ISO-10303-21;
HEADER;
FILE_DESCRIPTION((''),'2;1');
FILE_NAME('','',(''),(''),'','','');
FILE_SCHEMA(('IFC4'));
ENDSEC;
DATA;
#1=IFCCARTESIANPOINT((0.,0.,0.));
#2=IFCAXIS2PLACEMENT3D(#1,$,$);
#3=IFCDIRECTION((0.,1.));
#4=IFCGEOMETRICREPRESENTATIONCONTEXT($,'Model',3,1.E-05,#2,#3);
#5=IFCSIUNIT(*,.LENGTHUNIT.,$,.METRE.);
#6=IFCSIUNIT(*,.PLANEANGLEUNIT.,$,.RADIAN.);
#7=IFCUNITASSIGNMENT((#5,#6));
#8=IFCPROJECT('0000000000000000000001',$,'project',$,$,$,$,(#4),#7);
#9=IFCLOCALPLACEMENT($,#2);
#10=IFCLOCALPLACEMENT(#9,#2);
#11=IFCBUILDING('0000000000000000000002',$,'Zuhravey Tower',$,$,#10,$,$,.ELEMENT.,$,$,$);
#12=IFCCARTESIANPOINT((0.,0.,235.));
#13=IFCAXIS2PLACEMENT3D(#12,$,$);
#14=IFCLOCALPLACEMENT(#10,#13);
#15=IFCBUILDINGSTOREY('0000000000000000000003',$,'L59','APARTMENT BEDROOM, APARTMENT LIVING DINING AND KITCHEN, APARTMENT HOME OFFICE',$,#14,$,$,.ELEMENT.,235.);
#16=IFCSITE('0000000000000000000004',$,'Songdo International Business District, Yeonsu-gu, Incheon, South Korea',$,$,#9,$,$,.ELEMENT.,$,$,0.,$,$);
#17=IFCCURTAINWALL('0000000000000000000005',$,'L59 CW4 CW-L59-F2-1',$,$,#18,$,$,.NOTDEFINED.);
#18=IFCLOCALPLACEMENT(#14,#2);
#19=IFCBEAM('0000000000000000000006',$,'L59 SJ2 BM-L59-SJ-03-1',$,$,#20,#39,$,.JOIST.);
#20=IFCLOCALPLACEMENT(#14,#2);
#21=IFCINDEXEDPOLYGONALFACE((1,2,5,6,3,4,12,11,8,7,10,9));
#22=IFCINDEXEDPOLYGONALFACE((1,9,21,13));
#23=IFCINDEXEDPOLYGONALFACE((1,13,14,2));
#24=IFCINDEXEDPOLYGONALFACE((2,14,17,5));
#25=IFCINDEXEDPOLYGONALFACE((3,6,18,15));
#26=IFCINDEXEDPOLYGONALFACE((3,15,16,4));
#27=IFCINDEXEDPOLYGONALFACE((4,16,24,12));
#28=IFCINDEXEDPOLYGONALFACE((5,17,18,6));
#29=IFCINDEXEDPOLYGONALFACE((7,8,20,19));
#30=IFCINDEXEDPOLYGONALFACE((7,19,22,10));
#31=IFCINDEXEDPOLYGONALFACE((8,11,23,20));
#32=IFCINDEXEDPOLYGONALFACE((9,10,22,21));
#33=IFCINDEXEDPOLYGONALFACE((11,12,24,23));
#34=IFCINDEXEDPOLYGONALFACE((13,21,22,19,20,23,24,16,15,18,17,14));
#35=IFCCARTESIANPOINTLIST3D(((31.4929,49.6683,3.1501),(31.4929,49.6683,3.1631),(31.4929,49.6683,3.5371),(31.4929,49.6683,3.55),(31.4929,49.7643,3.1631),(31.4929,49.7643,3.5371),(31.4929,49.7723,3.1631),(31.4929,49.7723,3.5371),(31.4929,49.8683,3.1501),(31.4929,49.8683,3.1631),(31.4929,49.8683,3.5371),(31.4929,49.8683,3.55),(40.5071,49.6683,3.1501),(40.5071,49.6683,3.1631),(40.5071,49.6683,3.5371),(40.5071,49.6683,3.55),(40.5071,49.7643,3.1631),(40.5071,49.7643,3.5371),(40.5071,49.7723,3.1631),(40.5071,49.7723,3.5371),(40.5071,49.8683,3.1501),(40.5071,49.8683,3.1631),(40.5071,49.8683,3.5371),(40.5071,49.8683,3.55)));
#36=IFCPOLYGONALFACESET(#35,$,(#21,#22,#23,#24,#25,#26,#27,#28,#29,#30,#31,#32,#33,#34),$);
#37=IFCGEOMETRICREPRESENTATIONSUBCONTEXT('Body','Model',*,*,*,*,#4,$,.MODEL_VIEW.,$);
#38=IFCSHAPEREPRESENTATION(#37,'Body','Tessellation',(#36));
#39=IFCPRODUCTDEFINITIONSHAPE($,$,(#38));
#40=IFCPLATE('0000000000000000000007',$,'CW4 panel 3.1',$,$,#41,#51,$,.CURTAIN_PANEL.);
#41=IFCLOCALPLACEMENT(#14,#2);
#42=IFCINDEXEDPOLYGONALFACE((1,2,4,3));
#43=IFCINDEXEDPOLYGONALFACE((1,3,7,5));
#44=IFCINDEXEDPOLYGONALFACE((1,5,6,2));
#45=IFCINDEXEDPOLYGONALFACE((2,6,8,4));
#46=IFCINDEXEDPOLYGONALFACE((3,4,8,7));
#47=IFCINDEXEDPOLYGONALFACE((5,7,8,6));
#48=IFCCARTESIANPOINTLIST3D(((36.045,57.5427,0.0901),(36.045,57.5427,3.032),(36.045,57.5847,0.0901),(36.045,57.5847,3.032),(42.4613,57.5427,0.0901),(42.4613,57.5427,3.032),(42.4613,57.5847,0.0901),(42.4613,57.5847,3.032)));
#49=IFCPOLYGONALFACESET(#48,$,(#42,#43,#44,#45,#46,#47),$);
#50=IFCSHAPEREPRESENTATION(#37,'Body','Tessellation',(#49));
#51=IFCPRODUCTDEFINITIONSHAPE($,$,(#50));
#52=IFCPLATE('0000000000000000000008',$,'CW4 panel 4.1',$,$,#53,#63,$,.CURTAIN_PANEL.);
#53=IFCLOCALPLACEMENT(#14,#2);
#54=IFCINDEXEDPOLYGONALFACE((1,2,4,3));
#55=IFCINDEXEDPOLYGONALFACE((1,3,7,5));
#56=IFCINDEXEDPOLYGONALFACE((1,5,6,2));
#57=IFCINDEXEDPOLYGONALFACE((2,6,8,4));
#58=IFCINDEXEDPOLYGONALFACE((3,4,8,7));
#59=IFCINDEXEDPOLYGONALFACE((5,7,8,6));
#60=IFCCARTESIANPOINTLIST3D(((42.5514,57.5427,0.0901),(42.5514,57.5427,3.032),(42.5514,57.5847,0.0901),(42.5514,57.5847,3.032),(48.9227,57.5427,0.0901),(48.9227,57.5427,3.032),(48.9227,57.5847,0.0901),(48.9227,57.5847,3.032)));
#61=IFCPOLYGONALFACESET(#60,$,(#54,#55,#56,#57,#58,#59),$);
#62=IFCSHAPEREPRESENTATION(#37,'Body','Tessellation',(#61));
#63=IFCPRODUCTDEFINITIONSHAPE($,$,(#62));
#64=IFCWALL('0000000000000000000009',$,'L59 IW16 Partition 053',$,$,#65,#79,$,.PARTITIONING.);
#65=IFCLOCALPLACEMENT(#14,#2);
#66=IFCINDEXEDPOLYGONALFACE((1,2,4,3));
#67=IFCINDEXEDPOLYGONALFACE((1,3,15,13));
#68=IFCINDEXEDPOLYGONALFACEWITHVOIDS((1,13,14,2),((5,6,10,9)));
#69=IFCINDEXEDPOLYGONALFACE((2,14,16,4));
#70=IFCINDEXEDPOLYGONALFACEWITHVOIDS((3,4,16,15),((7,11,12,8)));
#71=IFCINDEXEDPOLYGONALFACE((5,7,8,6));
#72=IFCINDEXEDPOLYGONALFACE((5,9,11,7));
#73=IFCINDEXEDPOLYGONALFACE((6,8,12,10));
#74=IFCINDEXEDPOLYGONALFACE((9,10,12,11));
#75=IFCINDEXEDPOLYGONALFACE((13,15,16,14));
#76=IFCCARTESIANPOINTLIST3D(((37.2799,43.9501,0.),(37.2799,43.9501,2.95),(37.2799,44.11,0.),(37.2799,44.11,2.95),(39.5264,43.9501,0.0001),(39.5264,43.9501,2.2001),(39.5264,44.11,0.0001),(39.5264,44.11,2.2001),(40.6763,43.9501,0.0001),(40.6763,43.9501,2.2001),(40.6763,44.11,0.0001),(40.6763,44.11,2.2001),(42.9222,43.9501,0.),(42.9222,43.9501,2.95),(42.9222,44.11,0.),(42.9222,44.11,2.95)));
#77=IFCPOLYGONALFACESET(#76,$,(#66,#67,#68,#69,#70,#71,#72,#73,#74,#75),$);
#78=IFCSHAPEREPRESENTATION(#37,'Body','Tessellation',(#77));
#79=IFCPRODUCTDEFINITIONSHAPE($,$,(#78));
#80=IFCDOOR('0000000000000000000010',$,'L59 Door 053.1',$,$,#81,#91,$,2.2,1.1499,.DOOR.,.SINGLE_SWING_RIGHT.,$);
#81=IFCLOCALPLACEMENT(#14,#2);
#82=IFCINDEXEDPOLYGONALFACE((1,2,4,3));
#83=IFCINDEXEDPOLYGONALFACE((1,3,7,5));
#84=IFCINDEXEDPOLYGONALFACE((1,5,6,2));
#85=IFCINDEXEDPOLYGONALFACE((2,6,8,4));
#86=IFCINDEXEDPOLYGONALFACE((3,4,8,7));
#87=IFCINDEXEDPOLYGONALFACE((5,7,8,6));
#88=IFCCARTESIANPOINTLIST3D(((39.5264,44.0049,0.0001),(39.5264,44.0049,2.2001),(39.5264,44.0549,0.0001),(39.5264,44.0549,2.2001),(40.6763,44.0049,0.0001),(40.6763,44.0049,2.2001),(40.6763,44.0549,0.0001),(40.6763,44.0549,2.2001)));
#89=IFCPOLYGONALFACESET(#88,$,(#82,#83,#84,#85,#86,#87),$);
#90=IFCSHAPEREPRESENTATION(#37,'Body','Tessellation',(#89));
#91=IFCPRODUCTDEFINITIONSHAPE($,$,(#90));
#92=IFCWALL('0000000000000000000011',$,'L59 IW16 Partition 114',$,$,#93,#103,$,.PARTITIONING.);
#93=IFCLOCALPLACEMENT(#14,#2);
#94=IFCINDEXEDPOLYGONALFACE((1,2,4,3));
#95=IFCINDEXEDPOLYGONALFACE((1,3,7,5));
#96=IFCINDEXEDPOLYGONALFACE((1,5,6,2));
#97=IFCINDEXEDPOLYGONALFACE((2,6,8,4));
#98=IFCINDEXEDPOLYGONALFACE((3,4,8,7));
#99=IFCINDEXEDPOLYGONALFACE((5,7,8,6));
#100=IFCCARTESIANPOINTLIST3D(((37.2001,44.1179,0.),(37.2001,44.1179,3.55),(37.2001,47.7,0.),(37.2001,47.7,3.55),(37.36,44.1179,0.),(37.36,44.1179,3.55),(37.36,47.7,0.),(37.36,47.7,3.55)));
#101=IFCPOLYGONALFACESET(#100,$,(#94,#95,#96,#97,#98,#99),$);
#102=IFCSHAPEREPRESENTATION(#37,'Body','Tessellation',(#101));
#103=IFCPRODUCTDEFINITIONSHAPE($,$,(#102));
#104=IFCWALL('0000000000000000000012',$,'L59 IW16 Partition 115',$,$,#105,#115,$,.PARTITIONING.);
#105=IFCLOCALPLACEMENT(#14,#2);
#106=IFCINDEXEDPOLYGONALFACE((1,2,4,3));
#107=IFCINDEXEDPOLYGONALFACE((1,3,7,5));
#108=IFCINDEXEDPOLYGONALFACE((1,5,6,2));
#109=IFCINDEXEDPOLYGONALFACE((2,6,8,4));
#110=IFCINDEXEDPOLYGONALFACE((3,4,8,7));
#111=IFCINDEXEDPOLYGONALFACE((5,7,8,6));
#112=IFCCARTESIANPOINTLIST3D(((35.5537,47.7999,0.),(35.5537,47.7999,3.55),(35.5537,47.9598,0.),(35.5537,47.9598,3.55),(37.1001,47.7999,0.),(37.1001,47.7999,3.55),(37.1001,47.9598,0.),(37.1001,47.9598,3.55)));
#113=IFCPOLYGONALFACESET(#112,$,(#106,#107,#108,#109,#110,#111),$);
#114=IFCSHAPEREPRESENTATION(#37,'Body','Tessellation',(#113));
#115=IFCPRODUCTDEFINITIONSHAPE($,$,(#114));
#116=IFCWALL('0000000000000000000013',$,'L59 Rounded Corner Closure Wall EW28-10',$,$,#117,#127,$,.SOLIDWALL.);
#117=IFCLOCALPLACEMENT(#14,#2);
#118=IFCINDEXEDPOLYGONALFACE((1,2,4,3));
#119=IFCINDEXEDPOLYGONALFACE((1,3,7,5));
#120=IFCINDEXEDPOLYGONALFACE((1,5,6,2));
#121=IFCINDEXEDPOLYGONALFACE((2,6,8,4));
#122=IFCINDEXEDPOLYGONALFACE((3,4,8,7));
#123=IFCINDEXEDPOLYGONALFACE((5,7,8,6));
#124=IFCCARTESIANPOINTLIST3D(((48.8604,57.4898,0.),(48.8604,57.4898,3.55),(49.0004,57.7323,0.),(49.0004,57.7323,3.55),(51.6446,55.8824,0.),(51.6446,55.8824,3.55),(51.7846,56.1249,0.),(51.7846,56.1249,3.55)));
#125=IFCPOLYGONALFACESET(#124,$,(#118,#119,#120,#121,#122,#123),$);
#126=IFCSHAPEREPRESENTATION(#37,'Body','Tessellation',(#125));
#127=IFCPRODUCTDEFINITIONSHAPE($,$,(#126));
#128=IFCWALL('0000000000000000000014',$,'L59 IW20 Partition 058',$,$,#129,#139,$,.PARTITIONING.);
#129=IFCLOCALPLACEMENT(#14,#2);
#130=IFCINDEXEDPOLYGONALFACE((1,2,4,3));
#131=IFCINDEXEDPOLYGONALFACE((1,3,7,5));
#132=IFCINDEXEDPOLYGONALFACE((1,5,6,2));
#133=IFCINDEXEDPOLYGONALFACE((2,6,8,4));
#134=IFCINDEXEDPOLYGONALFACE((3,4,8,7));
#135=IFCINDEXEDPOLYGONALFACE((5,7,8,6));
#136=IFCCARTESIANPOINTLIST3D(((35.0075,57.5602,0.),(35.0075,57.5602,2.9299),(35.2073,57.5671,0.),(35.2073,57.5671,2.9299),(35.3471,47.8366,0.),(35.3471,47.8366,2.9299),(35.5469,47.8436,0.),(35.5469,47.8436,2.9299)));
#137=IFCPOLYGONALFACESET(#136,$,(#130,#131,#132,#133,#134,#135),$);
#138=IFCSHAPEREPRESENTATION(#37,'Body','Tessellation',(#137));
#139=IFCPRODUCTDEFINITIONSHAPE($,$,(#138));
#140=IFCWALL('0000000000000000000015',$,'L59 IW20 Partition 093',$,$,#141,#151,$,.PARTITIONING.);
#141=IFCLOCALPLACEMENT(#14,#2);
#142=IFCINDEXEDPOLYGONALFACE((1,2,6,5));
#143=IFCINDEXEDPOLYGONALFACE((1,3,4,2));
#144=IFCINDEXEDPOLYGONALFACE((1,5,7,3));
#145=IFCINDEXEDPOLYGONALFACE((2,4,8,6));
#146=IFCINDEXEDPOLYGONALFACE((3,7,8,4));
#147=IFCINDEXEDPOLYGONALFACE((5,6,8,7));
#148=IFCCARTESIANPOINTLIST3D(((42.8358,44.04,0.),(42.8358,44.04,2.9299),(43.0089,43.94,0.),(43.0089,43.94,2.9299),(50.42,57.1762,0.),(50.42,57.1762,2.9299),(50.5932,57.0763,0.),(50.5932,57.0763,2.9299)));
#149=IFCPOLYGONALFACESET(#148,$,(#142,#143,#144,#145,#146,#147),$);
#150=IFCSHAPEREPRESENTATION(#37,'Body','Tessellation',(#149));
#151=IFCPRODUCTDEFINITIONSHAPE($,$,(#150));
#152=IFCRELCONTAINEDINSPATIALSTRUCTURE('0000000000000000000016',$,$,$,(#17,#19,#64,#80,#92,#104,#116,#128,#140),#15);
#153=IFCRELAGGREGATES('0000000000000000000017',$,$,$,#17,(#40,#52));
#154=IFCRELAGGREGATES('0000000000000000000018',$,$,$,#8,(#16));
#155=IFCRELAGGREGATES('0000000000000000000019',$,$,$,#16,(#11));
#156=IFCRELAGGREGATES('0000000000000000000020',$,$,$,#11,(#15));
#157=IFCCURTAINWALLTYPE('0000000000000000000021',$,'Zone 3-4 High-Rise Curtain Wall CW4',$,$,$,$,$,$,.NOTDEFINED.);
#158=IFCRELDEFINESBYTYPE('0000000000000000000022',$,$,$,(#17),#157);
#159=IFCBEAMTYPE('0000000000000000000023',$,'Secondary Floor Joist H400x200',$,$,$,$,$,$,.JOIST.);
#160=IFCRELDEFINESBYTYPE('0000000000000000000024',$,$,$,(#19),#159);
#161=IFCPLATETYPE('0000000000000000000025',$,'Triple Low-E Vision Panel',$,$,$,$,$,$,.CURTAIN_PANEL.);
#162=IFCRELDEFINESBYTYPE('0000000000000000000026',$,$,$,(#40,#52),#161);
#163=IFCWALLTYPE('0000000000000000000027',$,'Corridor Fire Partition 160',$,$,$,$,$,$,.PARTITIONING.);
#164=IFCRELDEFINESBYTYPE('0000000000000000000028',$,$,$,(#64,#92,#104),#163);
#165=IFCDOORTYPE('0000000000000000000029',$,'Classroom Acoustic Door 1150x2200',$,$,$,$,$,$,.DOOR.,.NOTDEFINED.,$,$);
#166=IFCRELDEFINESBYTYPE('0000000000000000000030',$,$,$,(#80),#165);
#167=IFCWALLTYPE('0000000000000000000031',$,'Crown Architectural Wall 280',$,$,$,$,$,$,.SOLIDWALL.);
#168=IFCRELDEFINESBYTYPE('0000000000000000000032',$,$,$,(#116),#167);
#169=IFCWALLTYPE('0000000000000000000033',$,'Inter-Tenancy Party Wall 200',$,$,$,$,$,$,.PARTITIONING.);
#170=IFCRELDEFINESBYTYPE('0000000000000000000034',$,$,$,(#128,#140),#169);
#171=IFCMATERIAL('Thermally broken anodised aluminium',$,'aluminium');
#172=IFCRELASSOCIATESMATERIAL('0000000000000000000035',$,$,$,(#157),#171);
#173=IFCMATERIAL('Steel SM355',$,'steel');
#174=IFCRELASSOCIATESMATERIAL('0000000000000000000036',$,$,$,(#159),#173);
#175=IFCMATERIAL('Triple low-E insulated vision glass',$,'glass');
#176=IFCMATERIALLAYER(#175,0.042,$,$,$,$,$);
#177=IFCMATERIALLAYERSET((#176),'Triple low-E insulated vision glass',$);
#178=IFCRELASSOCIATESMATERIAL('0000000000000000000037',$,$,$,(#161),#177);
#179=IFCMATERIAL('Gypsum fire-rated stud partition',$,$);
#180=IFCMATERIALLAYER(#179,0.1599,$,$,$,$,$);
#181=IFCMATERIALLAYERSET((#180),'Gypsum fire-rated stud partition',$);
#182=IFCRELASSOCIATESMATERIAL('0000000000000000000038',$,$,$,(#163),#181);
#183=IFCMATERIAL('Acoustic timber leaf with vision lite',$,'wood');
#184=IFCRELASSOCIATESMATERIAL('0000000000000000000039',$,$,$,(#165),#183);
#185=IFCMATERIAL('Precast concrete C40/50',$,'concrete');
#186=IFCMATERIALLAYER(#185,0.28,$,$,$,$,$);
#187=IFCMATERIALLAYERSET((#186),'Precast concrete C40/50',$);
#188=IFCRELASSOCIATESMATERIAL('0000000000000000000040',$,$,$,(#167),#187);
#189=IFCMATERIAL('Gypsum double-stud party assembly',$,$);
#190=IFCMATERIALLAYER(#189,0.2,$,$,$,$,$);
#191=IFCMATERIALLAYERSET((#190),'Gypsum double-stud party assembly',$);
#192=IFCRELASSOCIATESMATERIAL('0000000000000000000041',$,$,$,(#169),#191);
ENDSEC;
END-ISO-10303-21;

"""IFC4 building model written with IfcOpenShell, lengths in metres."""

from ifc_helpers import new_model, si_unit, direction, frame, frame_2d, origin, origin_2d, place, context, subcontext, project, spatial, rectangle, i_section, extrude, material, layer, layer_set, material_profile, profile_set, type_object, element, fill, aggregate, save


model = new_model("IFC4")

# Units and contexts
model_context = context("Model", 3, precision=1e-05, world=origin(), true_north=direction((0.0, 1.0)))
body_context = subcontext(model_context, "Body", "Model", "MODEL_VIEW")
ifc_project = project(units=[si_unit("LENGTHUNIT", "METRE"), si_unit("PLANEANGLEUNIT", "RADIAN")], contexts=[model_context])

# Site, building, storey
site_placement = place(None, origin())
site = spatial("IfcSite", under=ifc_project, at=site_placement, Name="Songdo International Business District, Yeonsu-gu, Incheon, South Korea", CompositionType="ELEMENT", RefElevation=0.0)
building_placement = place(site_placement, origin())
building = spatial("IfcBuilding", under=site, at=building_placement, Name="Zuhravey Tower", CompositionType="ELEMENT")
storey_placement = place(building_placement, frame((0.0, 0.0, 235.0)))
storey = spatial("IfcBuildingStorey", under=building, at=storey_placement, Name="L59", Description="APARTMENT BEDROOM, APARTMENT LIVING DINING AND KITCHEN, APARTMENT HOME OFFICE", CompositionType="ELEMENT", Elevation=235.0)

# Curtain wall
ifc_material_1 = material(Name="Thermally broken anodised aluminium", Category="aluminium")
curtain_wall_type = type_object("IfcCurtainWallType", Name="Zone 3-4 High-Rise Curtain Wall CW4", PredefinedType="NOTDEFINED", material=ifc_material_1)
curtain_wall_placement = place(storey_placement, origin())
curtain_wall = element("IfcCurtainWall", 1, at=curtain_wall_placement, inside=storey, type_object=curtain_wall_type, Name="L59 CW4 CW-L59-F2-1", PredefinedType="NOTDEFINED")

# Beam
ifc_material_2 = material(Name="Steel SM355", Category="steel")
ifc_material_profile_1 = material_profile(ifc_material_2, i_section(OverallWidth=0.2, OverallDepth=0.3999, WebThickness=0.0081, FlangeThickness=0.0129, at=origin_2d()), Name="H-400x200x8x13")
ifc_profile_set_1 = profile_set([ifc_material_profile_1], Name="Steel SM355")
beam_type_1 = type_object("IfcBeamType", Name="Secondary Floor Joist H400x200", PredefinedType="JOIST", material=ifc_profile_set_1)
beam_1_placement = place(storey_placement, frame((40.5071, 49.7683, 3.3501), z_axis=(-1.0, 0.0, 0.0), x_axis=(0.0, -1.0, 0.0)))
element("IfcBeam", 2, at=beam_1_placement, inside=storey, type_object=beam_type_1, Name="L59 SJ2 BM-L59-SJ-03-1", PredefinedType="JOIST", context=body_context, shape_type="SweptSolid", body=[
    extrude(i_section(OverallWidth=0.2, OverallDepth=0.3999, WebThickness=0.0081, FlangeThickness=0.0129, at=origin_2d()), origin(), (0.0, 0.0, 1.0), 9.0142),
])

# Plates
ifc_material_3 = material(Name="Triple low-E insulated vision glass", Category="glass")
ifc_layer_1 = layer(ifc_material_3, 0.042)
ifc_layer_set_1 = layer_set([ifc_layer_1], Name="Triple low-E insulated vision glass")
plate_type = type_object("IfcPlateType", Name="Triple Low-E Vision Panel", PredefinedType="CURTAIN_PANEL", material=ifc_layer_set_1)
plate_1_placement = place(storey_placement, frame((39.2532, 57.5637, 0.0901), z_axis=(0.0, 0.0, 1.0), x_axis=(1.0, 0.0, 0.0)))
plate_1 = element("IfcPlate", 3, at=plate_1_placement, type_object=plate_type, Name="CW4 panel 3.1", PredefinedType="CURTAIN_PANEL", context=body_context, shape_type="SweptSolid", body=[
    extrude(rectangle(XDim=6.4163, YDim=0.042, at=origin_2d()), origin(), (0.0, 0.0, 1.0), 2.9419),
])
plate_2_placement = place(storey_placement, frame((45.7371, 57.5637, 0.0901), z_axis=(0.0, 0.0, 1.0), x_axis=(1.0, 0.0, 0.0)))
plate_2 = element("IfcPlate", 4, at=plate_2_placement, type_object=plate_type, Name="CW4 panel 4.1", PredefinedType="CURTAIN_PANEL", context=body_context, shape_type="SweptSolid", body=[
    extrude(rectangle(XDim=6.3713, YDim=0.042, at=origin_2d()), origin(), (0.0, 0.0, 1.0), 2.9419),
])
aggregate(curtain_wall, [plate_1, plate_2])

# Wall, opening, door
ifc_material_4 = material(Name="Gypsum fire-rated stud partition")
ifc_layer_2 = layer(ifc_material_4, 0.1599)
ifc_layer_set_2 = layer_set([ifc_layer_2], Name="Gypsum fire-rated stud partition")
wall_type_1 = type_object("IfcWallType", Name="Corridor Fire Partition 160", PredefinedType="PARTITIONING", material=ifc_layer_set_2)
wall_1_placement = place(storey_placement, frame((42.9224, 44.03, 0.0), z_axis=(0.0, 0.0, 1.0), x_axis=(-1.0, 0.0, 0.0)))
wall_1 = element("IfcWall", 5, at=wall_1_placement, inside=storey, type_object=wall_type_1, Name="L59 IW16 Partition 053", PredefinedType="PARTITIONING", context=body_context, shape_type="SweptSolid", body=[
    extrude(rectangle(XDim=5.6423, YDim=0.1599, at=frame_2d((2.8213, 0.0))), origin(), (0.0, 0.0, 1.0), 2.95),
])
opening_1_placement = place(wall_1_placement, frame((2.2461, 0.0, 0.0)))
opening_1 = element("IfcOpeningElement", 6, at=opening_1_placement, cuts=wall_1, PredefinedType="OPENING", context=body_context, shape_type="SweptSolid", body=[
    extrude(rectangle(XDim=1.1499, YDim=2.2, at=frame_2d((0.575, 1.1001))), frame((0.0, 0.092, 0.0), z_axis=(0.0, -1.0, 0.0), x_axis=(1.0, 0.0, 0.0)), (0.0, 0.0, 1.0), 0.1838),
])
ifc_material_5 = material(Name="Acoustic timber leaf with vision lite", Category="wood")
door_type_1 = type_object("IfcDoorType", Name="Classroom Acoustic Door 1150x2200", OperationType="NOTDEFINED", PredefinedType="DOOR", material=ifc_material_5)
door_1_placement = place(opening_1_placement, frame((1.1499, 0.0, 0.0), z_axis=(0.0, 0.0, 1.0), x_axis=(-1.0, 0.0, 0.0)))
door_1 = element("IfcDoor", 7, at=door_1_placement, inside=storey, type_object=door_type_1, Name="L59 Door 053.1", OperationType="SINGLE_SWING_RIGHT", OverallHeight=2.2, OverallWidth=1.1499, PredefinedType="DOOR", context=body_context, shape_type="SweptSolid", body=[
    extrude(rectangle(XDim=1.1499, YDim=2.2, at=frame_2d((0.575, 1.1001))), frame((0.0, 0.0249, 0.0), z_axis=(0.0, -1.0, 0.0), x_axis=(1.0, 0.0, 0.0)), (0.0, 0.0, 1.0), 0.05),
])
fill(opening_1, door_1)

# Walls
wall_2_placement = place(storey_placement, frame((37.28, 44.1179, 0.0), z_axis=(0.0, 0.0, 1.0), x_axis=(0.0, 1.0, 0.0)))
element("IfcWall", 8, at=wall_2_placement, inside=storey, type_object=wall_type_1, Name="L59 IW16 Partition 114", PredefinedType="PARTITIONING", context=body_context, shape_type="SweptSolid", body=[
    extrude(rectangle(XDim=3.582, YDim=0.1599, at=frame_2d((1.791, 0.0))), origin(), (0.0, 0.0, 1.0), 3.55),
])
wall_3_placement = place(storey_placement, frame((37.1001, 47.8799, 0.0), z_axis=(0.0, 0.0, 1.0), x_axis=(-1.0, 0.0, 0.0)))
element("IfcWall", 9, at=wall_3_placement, inside=storey, type_object=wall_type_1, Name="L59 IW16 Partition 115", PredefinedType="PARTITIONING", context=body_context, shape_type="SweptSolid", body=[
    extrude(rectangle(XDim=1.5464, YDim=0.1599, at=frame_2d((0.7732, 0.0))), origin(), (0.0, 0.0, 1.0), 3.55),
])
ifc_material_6 = material(Name="Precast concrete C40/50", Category="concrete")
ifc_layer_3 = layer(ifc_material_6, 0.28)
ifc_layer_set_3 = layer_set([ifc_layer_3], Name="Precast concrete C40/50")
wall_type_2 = type_object("IfcWallType", Name="Crown Architectural Wall 280", PredefinedType="SOLIDWALL", material=ifc_layer_set_3)
wall_4_placement = place(storey_placement, frame((48.9304, 57.6111, 0.0), z_axis=(0.0, 0.0, 1.0), x_axis=(0.866029, -0.499994, 0.0)))
element("IfcWall", 10, at=wall_4_placement, inside=storey, type_object=wall_type_2, Name="L59 Rounded Corner Closure Wall EW28-10", PredefinedType="SOLIDWALL", context=body_context, shape_type="SweptSolid", body=[
    extrude(rectangle(XDim=3.2148, YDim=0.28, at=frame_2d((1.6074, 0.0))), origin(), (0.0, 0.0, 1.0), 3.55),
])
ifc_material_7 = material(Name="Gypsum double-stud party assembly")
ifc_layer_4 = layer(ifc_material_7, 0.2)
ifc_layer_set_4 = layer_set([ifc_layer_4], Name="Gypsum double-stud party assembly")
wall_type_3 = type_object("IfcWallType", Name="Inter-Tenancy Party Wall 200", PredefinedType="PARTITIONING", material=ifc_layer_set_4)
wall_5_placement = place(storey_placement, frame((35.447, 47.8401, 0.0), z_axis=(0.0, 0.0, 1.0), x_axis=(-0.034904, 0.999391, 0.0)))
element("IfcWall", 11, at=wall_5_placement, inside=storey, type_object=wall_type_3, Name="L59 IW20 Partition 058", PredefinedType="PARTITIONING", context=body_context, shape_type="SweptSolid", body=[
    extrude(rectangle(XDim=9.7295, YDim=0.2, at=frame_2d((4.8647, 0.0))), origin(), (0.0, 0.0, 1.0), 2.9299),
])
wall_6_placement = place(storey_placement, frame((42.9224, 43.99, 0.0), z_axis=(0.0, 0.0, 1.0), x_axis=(0.500001, 0.866025, 0.0)))
element("IfcWall", 12, at=wall_6_placement, inside=storey, type_object=wall_type_3, Name="L59 IW20 Partition 093", PredefinedType="PARTITIONING", context=body_context, shape_type="SweptSolid", body=[
    extrude(rectangle(XDim=15.1685, YDim=0.2, at=frame_2d((7.5842, 0.0))), origin(), (0.0, 0.0, 1.0), 2.9299),
])

save(model, "model.ifc")
